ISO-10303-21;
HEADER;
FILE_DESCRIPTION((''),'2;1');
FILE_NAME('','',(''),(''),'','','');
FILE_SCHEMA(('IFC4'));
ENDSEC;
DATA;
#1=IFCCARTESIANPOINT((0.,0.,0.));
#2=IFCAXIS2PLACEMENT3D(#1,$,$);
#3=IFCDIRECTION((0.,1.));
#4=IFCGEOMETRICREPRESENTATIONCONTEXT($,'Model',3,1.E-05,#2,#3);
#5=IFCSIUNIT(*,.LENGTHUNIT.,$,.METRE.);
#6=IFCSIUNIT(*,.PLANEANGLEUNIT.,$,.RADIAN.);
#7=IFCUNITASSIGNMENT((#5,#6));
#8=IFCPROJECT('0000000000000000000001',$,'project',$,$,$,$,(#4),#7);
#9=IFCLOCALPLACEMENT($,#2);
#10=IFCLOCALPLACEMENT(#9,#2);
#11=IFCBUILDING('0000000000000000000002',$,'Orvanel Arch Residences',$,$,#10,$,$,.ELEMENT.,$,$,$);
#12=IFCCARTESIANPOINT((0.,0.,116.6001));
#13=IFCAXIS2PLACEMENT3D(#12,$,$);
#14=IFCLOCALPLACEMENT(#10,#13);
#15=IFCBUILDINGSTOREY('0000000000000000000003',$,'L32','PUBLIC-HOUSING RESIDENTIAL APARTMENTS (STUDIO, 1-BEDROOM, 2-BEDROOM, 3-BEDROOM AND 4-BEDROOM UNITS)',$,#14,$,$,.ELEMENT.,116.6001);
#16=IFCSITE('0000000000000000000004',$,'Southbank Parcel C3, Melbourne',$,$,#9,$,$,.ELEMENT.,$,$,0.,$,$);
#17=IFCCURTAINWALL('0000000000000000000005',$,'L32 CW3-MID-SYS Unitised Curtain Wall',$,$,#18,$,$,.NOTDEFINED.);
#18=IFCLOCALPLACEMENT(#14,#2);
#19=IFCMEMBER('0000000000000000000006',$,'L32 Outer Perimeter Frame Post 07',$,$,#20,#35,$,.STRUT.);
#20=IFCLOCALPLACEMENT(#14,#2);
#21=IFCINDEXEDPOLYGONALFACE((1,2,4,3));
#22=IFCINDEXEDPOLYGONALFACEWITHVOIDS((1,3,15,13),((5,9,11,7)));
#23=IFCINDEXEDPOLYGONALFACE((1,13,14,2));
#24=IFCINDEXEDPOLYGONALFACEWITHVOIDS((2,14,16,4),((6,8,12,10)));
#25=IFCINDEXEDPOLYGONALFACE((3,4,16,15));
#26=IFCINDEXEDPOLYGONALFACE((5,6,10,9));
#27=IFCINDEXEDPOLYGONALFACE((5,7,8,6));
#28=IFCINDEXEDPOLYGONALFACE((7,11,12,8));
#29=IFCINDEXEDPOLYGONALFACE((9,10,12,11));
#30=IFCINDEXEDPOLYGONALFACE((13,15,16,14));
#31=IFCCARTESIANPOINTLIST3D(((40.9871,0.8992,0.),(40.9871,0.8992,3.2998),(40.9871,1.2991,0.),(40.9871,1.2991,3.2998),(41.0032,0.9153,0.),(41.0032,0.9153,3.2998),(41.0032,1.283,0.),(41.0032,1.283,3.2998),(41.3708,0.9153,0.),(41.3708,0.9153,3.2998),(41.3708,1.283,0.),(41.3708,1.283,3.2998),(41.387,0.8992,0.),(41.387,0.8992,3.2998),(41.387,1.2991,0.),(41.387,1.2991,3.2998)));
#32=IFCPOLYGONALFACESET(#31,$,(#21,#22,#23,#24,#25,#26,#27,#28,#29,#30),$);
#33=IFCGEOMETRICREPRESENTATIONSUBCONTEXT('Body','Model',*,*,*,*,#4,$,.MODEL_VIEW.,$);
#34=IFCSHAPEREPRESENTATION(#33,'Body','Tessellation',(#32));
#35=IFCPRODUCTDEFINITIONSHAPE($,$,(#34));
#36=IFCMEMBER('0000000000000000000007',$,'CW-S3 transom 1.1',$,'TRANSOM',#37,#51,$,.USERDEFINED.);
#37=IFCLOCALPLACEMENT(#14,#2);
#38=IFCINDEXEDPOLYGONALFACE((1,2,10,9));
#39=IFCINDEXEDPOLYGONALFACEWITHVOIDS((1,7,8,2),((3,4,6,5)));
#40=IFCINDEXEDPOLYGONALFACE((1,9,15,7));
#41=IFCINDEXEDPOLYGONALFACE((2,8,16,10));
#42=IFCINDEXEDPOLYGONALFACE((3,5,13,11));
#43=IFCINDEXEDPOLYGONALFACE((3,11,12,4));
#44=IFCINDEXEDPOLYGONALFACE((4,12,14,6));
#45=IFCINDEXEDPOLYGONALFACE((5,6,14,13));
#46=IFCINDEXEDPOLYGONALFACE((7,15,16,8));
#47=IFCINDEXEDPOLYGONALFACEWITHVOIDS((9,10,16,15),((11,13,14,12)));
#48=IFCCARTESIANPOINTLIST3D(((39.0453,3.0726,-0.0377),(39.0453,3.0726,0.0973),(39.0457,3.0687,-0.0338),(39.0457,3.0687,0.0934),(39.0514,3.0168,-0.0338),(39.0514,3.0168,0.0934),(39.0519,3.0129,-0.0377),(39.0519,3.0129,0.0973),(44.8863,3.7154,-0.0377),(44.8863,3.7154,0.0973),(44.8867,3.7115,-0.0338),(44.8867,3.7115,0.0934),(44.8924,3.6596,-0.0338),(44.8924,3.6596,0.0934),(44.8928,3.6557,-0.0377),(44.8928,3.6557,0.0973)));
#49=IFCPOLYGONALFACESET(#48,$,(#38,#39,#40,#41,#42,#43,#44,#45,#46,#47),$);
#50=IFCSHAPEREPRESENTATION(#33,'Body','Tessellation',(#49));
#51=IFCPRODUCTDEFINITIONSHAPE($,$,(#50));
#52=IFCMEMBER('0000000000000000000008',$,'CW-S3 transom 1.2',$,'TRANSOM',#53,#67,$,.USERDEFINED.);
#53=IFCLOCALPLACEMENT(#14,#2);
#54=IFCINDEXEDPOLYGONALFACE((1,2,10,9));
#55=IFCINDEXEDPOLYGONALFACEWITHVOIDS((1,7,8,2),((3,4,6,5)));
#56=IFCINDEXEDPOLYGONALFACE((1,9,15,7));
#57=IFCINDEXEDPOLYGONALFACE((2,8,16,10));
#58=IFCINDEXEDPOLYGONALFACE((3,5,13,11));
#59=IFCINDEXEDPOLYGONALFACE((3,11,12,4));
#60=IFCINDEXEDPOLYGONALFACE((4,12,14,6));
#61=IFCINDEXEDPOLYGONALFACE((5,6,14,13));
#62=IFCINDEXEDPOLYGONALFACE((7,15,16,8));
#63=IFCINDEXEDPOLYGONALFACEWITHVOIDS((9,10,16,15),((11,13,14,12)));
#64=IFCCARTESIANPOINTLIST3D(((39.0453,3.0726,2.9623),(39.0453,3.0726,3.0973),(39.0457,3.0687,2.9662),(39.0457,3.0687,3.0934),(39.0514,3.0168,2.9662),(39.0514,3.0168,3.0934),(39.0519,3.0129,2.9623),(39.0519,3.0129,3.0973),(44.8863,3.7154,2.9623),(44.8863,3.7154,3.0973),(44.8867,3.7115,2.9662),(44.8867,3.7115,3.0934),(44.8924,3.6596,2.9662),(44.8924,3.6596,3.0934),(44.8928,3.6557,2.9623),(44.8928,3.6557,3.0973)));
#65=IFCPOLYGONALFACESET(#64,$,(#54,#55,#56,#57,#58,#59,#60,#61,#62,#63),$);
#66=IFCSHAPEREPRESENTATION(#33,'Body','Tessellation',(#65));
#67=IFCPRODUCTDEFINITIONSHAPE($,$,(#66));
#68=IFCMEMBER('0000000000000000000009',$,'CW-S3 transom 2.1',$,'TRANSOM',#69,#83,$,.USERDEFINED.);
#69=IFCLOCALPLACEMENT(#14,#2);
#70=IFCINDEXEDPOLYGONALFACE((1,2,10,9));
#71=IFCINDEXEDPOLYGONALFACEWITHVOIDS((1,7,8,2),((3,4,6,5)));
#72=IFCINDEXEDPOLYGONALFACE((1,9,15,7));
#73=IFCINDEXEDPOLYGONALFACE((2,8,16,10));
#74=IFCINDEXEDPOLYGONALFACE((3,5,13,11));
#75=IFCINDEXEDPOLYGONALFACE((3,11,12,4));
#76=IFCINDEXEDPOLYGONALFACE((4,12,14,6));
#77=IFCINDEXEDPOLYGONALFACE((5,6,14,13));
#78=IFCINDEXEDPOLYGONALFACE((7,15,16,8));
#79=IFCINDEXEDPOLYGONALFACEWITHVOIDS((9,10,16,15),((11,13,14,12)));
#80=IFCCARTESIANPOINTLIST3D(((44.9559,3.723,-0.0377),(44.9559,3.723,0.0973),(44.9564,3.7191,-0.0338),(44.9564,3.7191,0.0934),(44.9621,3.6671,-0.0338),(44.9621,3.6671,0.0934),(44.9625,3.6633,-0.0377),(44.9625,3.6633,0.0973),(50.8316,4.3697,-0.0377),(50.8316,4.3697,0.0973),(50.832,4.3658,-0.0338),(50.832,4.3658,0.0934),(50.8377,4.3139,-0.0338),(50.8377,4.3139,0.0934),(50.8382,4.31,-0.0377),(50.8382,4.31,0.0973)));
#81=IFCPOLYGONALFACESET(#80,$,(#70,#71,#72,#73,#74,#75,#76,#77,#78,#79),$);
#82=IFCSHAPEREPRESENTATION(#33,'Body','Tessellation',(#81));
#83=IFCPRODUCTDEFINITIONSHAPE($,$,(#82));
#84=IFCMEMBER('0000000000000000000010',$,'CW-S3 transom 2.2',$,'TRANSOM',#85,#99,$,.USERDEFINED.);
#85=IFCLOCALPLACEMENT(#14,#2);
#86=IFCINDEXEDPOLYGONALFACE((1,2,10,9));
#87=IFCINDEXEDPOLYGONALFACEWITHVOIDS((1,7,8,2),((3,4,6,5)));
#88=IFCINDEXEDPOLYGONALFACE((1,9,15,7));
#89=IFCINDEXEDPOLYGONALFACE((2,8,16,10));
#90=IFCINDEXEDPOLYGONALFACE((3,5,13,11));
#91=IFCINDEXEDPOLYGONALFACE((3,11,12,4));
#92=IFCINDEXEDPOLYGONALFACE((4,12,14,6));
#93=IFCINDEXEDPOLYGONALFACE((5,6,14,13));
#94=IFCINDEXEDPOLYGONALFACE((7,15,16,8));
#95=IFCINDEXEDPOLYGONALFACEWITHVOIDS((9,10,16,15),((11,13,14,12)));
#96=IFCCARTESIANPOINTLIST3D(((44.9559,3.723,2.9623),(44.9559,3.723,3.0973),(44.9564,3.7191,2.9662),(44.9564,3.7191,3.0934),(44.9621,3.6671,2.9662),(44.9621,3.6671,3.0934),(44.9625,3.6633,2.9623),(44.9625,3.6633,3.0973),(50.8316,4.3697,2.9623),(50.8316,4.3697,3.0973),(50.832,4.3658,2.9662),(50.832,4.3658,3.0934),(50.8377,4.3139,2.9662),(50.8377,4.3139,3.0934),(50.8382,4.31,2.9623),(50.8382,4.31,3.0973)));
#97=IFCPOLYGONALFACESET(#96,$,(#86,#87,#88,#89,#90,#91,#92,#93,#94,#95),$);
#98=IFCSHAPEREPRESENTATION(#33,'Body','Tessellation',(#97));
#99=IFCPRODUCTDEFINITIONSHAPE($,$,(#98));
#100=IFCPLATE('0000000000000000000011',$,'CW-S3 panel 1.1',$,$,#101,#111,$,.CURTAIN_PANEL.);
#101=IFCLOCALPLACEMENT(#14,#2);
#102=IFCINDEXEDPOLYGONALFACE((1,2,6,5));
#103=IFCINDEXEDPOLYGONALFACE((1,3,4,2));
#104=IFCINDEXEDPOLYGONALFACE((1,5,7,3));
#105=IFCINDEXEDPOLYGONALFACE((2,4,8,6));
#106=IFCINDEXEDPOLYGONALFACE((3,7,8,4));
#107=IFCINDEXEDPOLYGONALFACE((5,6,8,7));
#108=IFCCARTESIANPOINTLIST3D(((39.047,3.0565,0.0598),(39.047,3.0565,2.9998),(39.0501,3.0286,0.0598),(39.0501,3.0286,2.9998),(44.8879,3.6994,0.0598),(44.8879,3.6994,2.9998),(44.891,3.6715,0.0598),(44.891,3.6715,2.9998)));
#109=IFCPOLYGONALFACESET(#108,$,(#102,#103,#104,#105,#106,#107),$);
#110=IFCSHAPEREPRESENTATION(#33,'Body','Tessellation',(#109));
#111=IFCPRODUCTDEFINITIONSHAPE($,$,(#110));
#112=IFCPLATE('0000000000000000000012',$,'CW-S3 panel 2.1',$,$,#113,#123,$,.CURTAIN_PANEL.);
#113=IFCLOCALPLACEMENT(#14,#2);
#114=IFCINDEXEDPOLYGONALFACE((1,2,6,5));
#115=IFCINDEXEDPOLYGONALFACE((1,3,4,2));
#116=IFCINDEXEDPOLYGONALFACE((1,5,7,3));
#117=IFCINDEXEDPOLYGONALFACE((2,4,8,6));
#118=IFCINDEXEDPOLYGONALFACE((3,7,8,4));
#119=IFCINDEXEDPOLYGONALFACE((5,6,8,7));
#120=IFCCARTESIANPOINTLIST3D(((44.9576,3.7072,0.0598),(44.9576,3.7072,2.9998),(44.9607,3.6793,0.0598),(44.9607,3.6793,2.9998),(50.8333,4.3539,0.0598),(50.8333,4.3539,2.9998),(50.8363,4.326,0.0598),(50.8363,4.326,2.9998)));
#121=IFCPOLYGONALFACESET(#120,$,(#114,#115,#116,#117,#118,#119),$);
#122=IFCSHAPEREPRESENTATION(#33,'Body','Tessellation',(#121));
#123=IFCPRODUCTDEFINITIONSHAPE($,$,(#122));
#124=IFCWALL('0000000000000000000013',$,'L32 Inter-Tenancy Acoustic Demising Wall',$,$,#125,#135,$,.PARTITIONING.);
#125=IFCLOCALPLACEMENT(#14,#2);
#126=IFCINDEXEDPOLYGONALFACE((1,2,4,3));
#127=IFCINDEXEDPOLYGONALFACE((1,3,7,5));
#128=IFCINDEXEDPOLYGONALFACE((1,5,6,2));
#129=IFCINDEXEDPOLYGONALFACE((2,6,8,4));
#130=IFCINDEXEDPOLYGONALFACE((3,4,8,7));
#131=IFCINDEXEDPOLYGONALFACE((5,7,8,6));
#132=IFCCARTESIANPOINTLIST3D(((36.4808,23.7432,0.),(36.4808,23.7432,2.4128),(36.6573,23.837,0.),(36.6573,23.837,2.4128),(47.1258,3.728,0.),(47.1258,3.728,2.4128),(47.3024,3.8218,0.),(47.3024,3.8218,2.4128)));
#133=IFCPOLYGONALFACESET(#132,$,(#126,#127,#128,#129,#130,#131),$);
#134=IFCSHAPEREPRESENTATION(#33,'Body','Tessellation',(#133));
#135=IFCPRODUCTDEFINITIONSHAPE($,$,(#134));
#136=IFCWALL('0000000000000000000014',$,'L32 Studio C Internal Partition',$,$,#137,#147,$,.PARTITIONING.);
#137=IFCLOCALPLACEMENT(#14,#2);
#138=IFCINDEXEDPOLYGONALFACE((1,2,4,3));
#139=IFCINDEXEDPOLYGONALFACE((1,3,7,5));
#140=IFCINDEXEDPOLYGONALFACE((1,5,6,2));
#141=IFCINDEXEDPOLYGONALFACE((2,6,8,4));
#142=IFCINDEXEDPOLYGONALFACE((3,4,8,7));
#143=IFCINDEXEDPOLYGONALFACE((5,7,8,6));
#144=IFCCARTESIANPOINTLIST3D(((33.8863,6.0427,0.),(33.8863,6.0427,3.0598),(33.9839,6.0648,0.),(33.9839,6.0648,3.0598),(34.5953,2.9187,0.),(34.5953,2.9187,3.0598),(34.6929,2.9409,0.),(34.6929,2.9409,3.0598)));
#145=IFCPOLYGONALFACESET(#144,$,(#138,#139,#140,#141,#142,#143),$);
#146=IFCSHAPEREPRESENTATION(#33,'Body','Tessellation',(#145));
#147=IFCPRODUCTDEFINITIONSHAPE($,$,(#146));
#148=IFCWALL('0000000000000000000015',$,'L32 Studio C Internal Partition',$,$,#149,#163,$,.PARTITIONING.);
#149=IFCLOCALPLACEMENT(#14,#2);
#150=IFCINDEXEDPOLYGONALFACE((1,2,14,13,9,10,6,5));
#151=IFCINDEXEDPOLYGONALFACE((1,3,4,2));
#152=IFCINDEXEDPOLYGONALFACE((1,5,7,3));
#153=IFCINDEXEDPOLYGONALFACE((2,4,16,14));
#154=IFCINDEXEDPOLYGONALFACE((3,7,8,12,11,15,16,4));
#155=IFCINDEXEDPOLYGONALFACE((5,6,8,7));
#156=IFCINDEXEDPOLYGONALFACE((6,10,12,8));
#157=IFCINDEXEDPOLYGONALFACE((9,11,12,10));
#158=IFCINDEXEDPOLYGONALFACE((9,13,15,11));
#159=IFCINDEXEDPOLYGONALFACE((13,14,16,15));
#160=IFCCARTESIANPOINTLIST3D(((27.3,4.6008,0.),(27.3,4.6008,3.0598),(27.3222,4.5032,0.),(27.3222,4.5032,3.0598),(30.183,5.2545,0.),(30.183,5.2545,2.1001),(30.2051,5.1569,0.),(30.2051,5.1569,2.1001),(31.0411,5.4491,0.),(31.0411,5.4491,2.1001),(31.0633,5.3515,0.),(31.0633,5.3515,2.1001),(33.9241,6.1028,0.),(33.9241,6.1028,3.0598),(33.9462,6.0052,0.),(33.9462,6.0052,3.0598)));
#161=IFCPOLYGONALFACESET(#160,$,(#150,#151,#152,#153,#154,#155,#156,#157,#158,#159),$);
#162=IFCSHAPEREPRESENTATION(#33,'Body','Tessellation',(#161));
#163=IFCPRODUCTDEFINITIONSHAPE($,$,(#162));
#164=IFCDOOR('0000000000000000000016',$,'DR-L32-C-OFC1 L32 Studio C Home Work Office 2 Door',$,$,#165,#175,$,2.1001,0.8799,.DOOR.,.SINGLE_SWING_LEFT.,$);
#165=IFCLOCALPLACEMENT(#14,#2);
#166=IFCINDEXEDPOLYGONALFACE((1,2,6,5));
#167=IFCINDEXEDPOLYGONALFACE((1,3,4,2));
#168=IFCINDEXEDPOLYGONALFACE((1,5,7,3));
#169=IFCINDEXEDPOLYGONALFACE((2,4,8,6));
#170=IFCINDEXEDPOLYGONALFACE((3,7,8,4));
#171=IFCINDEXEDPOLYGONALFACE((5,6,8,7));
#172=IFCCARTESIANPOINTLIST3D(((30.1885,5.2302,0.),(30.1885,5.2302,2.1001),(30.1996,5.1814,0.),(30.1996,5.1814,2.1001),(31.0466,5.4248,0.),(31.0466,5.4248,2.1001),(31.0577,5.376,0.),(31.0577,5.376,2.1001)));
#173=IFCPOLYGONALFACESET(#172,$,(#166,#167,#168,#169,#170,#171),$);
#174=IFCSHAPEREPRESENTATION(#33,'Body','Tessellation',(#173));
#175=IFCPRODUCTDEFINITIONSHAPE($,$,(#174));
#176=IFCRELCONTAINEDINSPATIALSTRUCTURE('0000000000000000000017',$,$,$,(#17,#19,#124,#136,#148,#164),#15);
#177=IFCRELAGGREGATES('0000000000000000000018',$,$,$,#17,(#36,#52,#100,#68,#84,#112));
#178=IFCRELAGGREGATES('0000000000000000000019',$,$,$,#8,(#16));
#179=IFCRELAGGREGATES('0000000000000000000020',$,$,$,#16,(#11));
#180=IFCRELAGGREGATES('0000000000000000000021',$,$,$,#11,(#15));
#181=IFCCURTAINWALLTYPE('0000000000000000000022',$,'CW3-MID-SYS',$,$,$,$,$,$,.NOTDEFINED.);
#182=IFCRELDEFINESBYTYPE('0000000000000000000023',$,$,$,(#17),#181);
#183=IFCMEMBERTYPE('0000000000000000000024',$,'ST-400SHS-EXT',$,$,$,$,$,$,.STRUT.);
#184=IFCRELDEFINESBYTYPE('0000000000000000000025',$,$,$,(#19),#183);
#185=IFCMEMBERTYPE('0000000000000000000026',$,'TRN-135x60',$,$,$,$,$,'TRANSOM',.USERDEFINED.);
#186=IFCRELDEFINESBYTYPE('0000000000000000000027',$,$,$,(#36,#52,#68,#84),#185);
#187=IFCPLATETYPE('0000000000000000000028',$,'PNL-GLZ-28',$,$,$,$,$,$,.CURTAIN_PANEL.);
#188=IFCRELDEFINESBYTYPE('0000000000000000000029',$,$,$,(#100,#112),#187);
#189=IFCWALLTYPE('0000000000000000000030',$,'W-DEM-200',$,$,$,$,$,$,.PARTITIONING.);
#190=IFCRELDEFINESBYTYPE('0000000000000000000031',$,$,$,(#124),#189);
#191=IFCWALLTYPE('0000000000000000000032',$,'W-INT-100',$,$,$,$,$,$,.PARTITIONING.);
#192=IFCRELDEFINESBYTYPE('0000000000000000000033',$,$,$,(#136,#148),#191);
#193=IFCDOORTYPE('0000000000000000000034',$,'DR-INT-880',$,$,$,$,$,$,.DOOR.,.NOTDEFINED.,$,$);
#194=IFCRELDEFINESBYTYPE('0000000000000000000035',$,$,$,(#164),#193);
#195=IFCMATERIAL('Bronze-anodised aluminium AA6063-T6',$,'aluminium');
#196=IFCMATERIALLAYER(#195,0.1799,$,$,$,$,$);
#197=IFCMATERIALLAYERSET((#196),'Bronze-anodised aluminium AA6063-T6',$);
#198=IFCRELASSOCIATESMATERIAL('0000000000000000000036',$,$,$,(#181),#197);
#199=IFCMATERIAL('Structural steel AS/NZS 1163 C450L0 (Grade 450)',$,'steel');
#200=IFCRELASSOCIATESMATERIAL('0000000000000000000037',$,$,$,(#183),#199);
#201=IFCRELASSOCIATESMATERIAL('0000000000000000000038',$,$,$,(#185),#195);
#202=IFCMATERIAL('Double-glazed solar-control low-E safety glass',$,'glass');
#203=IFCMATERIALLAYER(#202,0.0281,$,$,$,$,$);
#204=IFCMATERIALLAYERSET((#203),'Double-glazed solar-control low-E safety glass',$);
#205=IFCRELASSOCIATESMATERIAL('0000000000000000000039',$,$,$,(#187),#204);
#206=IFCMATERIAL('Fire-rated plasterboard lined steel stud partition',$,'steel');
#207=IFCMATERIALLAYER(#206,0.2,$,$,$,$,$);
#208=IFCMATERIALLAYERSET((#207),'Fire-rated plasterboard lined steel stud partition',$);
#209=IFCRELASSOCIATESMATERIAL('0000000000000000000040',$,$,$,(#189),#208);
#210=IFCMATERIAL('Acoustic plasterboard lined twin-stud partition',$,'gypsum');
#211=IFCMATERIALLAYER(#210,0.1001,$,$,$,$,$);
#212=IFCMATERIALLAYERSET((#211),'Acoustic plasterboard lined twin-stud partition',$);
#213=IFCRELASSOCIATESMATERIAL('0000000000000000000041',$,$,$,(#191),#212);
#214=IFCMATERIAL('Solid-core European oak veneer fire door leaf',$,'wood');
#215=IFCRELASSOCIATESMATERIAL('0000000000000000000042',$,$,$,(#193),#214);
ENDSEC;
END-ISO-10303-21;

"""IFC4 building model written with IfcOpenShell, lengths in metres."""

from ifc_helpers import new_model, si_unit, direction, frame, frame_2d, origin, origin_2d, place, context, subcontext, project, spatial, rectangle, hollow_rectangle, extrude, material, layer, layer_set, material_profile, profile_set, type_object, element, fill, aggregate, save


model = new_model("IFC4")

# Units and contexts
model_context = context("Model", 3, precision=1e-05, world=origin(), true_north=direction((0.0, 1.0)))
body_context = subcontext(model_context, "Body", "Model", "MODEL_VIEW")
ifc_project = project(units=[si_unit("LENGTHUNIT", "METRE"), si_unit("PLANEANGLEUNIT", "RADIAN")], contexts=[model_context])

# Site, building, storey
site_placement = place(None, origin())
site = spatial("IfcSite", under=ifc_project, at=site_placement, Name="Southbank Parcel C3, Melbourne", CompositionType="ELEMENT", RefElevation=0.0)
building_placement = place(site_placement, origin())
building = spatial("IfcBuilding", under=site, at=building_placement, Name="Orvanel Arch Residences", CompositionType="ELEMENT")
storey_placement = place(building_placement, frame((0.0, 0.0, 116.6001)))
storey = spatial("IfcBuildingStorey", under=building, at=storey_placement, Name="L32", Description="PUBLIC-HOUSING RESIDENTIAL APARTMENTS (STUDIO, 1-BEDROOM, 2-BEDROOM, 3-BEDROOM AND 4-BEDROOM UNITS)", CompositionType="ELEMENT", Elevation=116.6001)

# Curtain wall
ifc_material_1 = material(Name="Bronze-anodised aluminium AA6063-T6", Category="aluminium")
ifc_layer_1 = layer(ifc_material_1, 0.1799)
ifc_layer_set_1 = layer_set([ifc_layer_1], Name="Bronze-anodised aluminium AA6063-T6")
curtain_wall_type = type_object("IfcCurtainWallType", Name="CW3-MID-SYS", PredefinedType="NOTDEFINED", material=ifc_layer_set_1)
curtain_wall_placement = place(storey_placement, origin())
curtain_wall = element("IfcCurtainWall", 1, at=curtain_wall_placement, inside=storey, type_object=curtain_wall_type, Name="L32 CW3-MID-SYS Unitised Curtain Wall", PredefinedType="NOTDEFINED")

# Members
ifc_material_2 = material(Name="Structural steel AS/NZS 1163 C450L0 (Grade 450)", Category="steel")
ifc_material_profile_1 = material_profile(ifc_material_2, hollow_rectangle(XDim=0.3999, YDim=0.3999, WallThickness=0.0161, at=origin_2d()), Name="SHS400x400x16")
ifc_profile_set_1 = profile_set([ifc_material_profile_1], Name="Structural steel AS/NZS 1163 C450L0 (Grade 450)")
member_type_1 = type_object("IfcMemberType", Name="ST-400SHS-EXT", PredefinedType="STRUT", material=ifc_profile_set_1)
member_1_placement = place(storey_placement, frame((41.187, 1.0991, 0.0), z_axis=(0.0, 0.0, 1.0), x_axis=(1.0, 0.0, 0.0)))
element("IfcMember", 2, at=member_1_placement, inside=storey, type_object=member_type_1, Name="L32 Outer Perimeter Frame Post 07", PredefinedType="STRUT", context=body_context, shape_type="SweptSolid", body=[
    extrude(hollow_rectangle(XDim=0.3999, YDim=0.3999, WallThickness=0.0161, at=origin_2d()), origin(), (0.0, 0.0, 1.0), 3.2998),
])
ifc_material_profile_2 = material_profile(ifc_material_1, hollow_rectangle(XDim=0.0601, YDim=0.135, WallThickness=0.0039, at=origin_2d()), Name="ALU135x60x4")
ifc_profile_set_2 = profile_set([ifc_material_profile_2], Name="Bronze-anodised aluminium AA6063-T6")
member_type_2 = type_object("IfcMemberType", Name="TRN-135x60", ElementType="TRANSOM", PredefinedType="USERDEFINED", material=ifc_profile_set_2)
member_2_placement = place(storey_placement, frame((39.0486, 3.0427, 0.0298), z_axis=(0.993999, 0.109392, 0.0), x_axis=(-0.109392, 0.993999, 0.0)))
member_2 = element("IfcMember", 3, at=member_2_placement, type_object=member_type_2, Name="CW-S3 transom 1.1", ObjectType="TRANSOM", PredefinedType="USERDEFINED", context=body_context, shape_type="SweptSolid", body=[
    extrude(hollow_rectangle(XDim=0.0601, YDim=0.135, WallThickness=0.0039, at=origin_2d()), origin(), (0.0, 0.0, 1.0), 5.8762),
])
member_3_placement = place(storey_placement, frame((39.0486, 3.0427, 3.0298), z_axis=(0.993999, 0.109392, 0.0), x_axis=(-0.109392, 0.993999, 0.0)))
member_3 = element("IfcMember", 4, at=member_3_placement, type_object=member_type_2, Name="CW-S3 transom 1.2", ObjectType="TRANSOM", PredefinedType="USERDEFINED", context=body_context, shape_type="SweptSolid", body=[
    extrude(hollow_rectangle(XDim=0.0601, YDim=0.135, WallThickness=0.0039, at=origin_2d()), origin(), (0.0, 0.0, 1.0), 5.8762),
])
member_4_placement = place(storey_placement, frame((44.9592, 3.6931, 0.0298), z_axis=(0.993997, 0.109407, 0.0), x_axis=(-0.109407, 0.993997, 0.0)))
member_4 = element("IfcMember", 5, at=member_4_placement, type_object=member_type_2, Name="CW-S3 transom 2.1", ObjectType="TRANSOM", PredefinedType="USERDEFINED", context=body_context, shape_type="SweptSolid", body=[
    extrude(hollow_rectangle(XDim=0.0601, YDim=0.135, WallThickness=0.0039, at=origin_2d()), origin(), (0.0, 0.0, 1.0), 5.9111),
])
member_5_placement = place(storey_placement, frame((44.9592, 3.6931, 3.0298), z_axis=(0.993997, 0.109407, 0.0), x_axis=(-0.109407, 0.993997, 0.0)))
member_5 = element("IfcMember", 6, at=member_5_placement, type_object=member_type_2, Name="CW-S3 transom 2.2", ObjectType="TRANSOM", PredefinedType="USERDEFINED", context=body_context, shape_type="SweptSolid", body=[
    extrude(hollow_rectangle(XDim=0.0601, YDim=0.135, WallThickness=0.0039, at=origin_2d()), origin(), (0.0, 0.0, 1.0), 5.9111),
])

# Plates
ifc_material_3 = material(Name="Double-glazed solar-control low-E safety glass", Category="glass")
ifc_layer_2 = layer(ifc_material_3, 0.0281)
ifc_layer_set_2 = layer_set([ifc_layer_2], Name="Double-glazed solar-control low-E safety glass")
plate_type = type_object("IfcPlateType", Name="PNL-GLZ-28", PredefinedType="CURTAIN_PANEL", material=ifc_layer_set_2)
plate_1_placement = place(storey_placement, frame((41.969, 3.364, 0.0598), z_axis=(0.0, 0.0, 1.0), x_axis=(0.993998, 0.109398, 0.0)))
plate_1 = element("IfcPlate", 7, at=plate_1_placement, type_object=plate_type, Name="CW-S3 panel 1.1", PredefinedType="CURTAIN_PANEL", context=body_context, shape_type="SweptSolid", body=[
    extrude(rectangle(XDim=5.8762, YDim=0.0281, at=origin_2d()), origin(), (0.0, 0.0, 1.0), 2.9399),
])
plate_2_placement = place(storey_placement, frame((47.897, 4.0166, 0.0598), z_axis=(0.0, 0.0, 1.0), x_axis=(0.993998, 0.109398, 0.0)))
plate_2 = element("IfcPlate", 8, at=plate_2_placement, type_object=plate_type, Name="CW-S3 panel 2.1", PredefinedType="CURTAIN_PANEL", context=body_context, shape_type="SweptSolid", body=[
    extrude(rectangle(XDim=5.9111, YDim=0.0281, at=origin_2d()), origin(), (0.0, 0.0, 1.0), 2.9399),
])
aggregate(curtain_wall, [member_2, member_3, plate_1, member_4, member_5, plate_2])

# Walls
ifc_material_4 = material(Name="Fire-rated plasterboard lined steel stud partition", Category="steel")
ifc_layer_3 = layer(ifc_material_4, 0.2)
ifc_layer_set_3 = layer_set([ifc_layer_3], Name="Fire-rated plasterboard lined steel stud partition")
wall_type_1 = type_object("IfcWallType", Name="W-DEM-200", PredefinedType="PARTITIONING", material=ifc_layer_set_3)
wall_1_placement = place(storey_placement, frame((47.2141, 3.7749, 0.0), z_axis=(0.0, 0.0, 1.0), x_axis=(-0.469567, 0.882897, 0.0)))
element("IfcWall", 9, at=wall_1_placement, inside=storey, type_object=wall_type_1, Name="L32 Inter-Tenancy Acoustic Demising Wall", PredefinedType="PARTITIONING", context=body_context, shape_type="SweptSolid", body=[
    extrude(rectangle(XDim=22.6699, YDim=0.2, at=frame_2d((11.335, 0.0))), origin(), (0.0, 0.0, 1.0), 2.4128),
])
ifc_material_5 = material(Name="Acoustic plasterboard lined twin-stud partition", Category="gypsum")
ifc_layer_4 = layer(ifc_material_5, 0.1001)
ifc_layer_set_4 = layer_set([ifc_layer_4], Name="Acoustic plasterboard lined twin-stud partition")
wall_type_2 = type_object("IfcWallType", Name="W-INT-100", PredefinedType="PARTITIONING", material=ifc_layer_set_4)
wall_2_placement = place(storey_placement, frame((34.644, 2.9299, 0.0), z_axis=(0.0, 0.0, 1.0), x_axis=(-0.221318, 0.975202, 0.0)))
element("IfcWall", 10, at=wall_2_placement, inside=storey, type_object=wall_type_2, Name="L32 Studio C Internal Partition", PredefinedType="PARTITIONING", context=body_context, shape_type="SweptSolid", body=[
    extrude(rectangle(XDim=3.2034, YDim=0.1001, at=frame_2d((1.6016, 0.0))), origin(), (0.0, 0.0, 1.0), 3.0598),
])

# Wall, opening, door
wall_3_placement = place(storey_placement, frame((33.9351, 6.054, 0.0), z_axis=(0.0, 0.0, 1.0), x_axis=(-0.975244, -0.22113, 0.0)))
wall_3 = element("IfcWall", 11, at=wall_3_placement, inside=storey, type_object=wall_type_2, Name="L32 Studio C Internal Partition", PredefinedType="PARTITIONING", context=body_context, shape_type="SweptSolid", body=[
    extrude(rectangle(XDim=6.7922, YDim=0.1001, at=frame_2d((3.396, 0.0))), origin(), (0.0, 0.0, 1.0), 3.0598),
])
opening_placement = place(wall_3_placement, frame((2.9561, 0.0, 0.0)))
opening = element("IfcOpeningElement", 12, at=opening_placement, cuts=wall_3, PredefinedType="OPENING", context=body_context, shape_type="SweptSolid", body=[
    extrude(rectangle(XDim=0.8799, YDim=2.1001, at=frame_2d((0.4399, 1.05))), frame((0.0, 0.0601, 0.0), z_axis=(0.0, -1.0, 0.0), x_axis=(1.0, 0.0, 0.0)), (0.0, 0.0, 1.0), 0.1201),
])
ifc_material_6 = material(Name="Solid-core European oak veneer fire door leaf", Category="wood")
door_type = type_object("IfcDoorType", Name="DR-INT-880", OperationType="NOTDEFINED", PredefinedType="DOOR", material=ifc_material_6)
door_placement = place(opening_placement, origin())
door = element("IfcDoor", 13, at=door_placement, inside=storey, type_object=door_type, Name="DR-L32-C-OFC1 L32 Studio C Home Work Office 2 Door", OperationType="SINGLE_SWING_LEFT", OverallHeight=2.1001, OverallWidth=0.8799, PredefinedType="DOOR", context=body_context, shape_type="SweptSolid", body=[
    extrude(rectangle(XDim=0.8799, YDim=2.1001, at=frame_2d((0.4399, 1.05))), frame((0.0, 0.0249, 0.0), z_axis=(0.0, -1.0, 0.0), x_axis=(1.0, 0.0, 0.0)), (0.0, 0.0, 1.0), 0.05),
])
fill(opening, door)

save(model, "model.ifc")
